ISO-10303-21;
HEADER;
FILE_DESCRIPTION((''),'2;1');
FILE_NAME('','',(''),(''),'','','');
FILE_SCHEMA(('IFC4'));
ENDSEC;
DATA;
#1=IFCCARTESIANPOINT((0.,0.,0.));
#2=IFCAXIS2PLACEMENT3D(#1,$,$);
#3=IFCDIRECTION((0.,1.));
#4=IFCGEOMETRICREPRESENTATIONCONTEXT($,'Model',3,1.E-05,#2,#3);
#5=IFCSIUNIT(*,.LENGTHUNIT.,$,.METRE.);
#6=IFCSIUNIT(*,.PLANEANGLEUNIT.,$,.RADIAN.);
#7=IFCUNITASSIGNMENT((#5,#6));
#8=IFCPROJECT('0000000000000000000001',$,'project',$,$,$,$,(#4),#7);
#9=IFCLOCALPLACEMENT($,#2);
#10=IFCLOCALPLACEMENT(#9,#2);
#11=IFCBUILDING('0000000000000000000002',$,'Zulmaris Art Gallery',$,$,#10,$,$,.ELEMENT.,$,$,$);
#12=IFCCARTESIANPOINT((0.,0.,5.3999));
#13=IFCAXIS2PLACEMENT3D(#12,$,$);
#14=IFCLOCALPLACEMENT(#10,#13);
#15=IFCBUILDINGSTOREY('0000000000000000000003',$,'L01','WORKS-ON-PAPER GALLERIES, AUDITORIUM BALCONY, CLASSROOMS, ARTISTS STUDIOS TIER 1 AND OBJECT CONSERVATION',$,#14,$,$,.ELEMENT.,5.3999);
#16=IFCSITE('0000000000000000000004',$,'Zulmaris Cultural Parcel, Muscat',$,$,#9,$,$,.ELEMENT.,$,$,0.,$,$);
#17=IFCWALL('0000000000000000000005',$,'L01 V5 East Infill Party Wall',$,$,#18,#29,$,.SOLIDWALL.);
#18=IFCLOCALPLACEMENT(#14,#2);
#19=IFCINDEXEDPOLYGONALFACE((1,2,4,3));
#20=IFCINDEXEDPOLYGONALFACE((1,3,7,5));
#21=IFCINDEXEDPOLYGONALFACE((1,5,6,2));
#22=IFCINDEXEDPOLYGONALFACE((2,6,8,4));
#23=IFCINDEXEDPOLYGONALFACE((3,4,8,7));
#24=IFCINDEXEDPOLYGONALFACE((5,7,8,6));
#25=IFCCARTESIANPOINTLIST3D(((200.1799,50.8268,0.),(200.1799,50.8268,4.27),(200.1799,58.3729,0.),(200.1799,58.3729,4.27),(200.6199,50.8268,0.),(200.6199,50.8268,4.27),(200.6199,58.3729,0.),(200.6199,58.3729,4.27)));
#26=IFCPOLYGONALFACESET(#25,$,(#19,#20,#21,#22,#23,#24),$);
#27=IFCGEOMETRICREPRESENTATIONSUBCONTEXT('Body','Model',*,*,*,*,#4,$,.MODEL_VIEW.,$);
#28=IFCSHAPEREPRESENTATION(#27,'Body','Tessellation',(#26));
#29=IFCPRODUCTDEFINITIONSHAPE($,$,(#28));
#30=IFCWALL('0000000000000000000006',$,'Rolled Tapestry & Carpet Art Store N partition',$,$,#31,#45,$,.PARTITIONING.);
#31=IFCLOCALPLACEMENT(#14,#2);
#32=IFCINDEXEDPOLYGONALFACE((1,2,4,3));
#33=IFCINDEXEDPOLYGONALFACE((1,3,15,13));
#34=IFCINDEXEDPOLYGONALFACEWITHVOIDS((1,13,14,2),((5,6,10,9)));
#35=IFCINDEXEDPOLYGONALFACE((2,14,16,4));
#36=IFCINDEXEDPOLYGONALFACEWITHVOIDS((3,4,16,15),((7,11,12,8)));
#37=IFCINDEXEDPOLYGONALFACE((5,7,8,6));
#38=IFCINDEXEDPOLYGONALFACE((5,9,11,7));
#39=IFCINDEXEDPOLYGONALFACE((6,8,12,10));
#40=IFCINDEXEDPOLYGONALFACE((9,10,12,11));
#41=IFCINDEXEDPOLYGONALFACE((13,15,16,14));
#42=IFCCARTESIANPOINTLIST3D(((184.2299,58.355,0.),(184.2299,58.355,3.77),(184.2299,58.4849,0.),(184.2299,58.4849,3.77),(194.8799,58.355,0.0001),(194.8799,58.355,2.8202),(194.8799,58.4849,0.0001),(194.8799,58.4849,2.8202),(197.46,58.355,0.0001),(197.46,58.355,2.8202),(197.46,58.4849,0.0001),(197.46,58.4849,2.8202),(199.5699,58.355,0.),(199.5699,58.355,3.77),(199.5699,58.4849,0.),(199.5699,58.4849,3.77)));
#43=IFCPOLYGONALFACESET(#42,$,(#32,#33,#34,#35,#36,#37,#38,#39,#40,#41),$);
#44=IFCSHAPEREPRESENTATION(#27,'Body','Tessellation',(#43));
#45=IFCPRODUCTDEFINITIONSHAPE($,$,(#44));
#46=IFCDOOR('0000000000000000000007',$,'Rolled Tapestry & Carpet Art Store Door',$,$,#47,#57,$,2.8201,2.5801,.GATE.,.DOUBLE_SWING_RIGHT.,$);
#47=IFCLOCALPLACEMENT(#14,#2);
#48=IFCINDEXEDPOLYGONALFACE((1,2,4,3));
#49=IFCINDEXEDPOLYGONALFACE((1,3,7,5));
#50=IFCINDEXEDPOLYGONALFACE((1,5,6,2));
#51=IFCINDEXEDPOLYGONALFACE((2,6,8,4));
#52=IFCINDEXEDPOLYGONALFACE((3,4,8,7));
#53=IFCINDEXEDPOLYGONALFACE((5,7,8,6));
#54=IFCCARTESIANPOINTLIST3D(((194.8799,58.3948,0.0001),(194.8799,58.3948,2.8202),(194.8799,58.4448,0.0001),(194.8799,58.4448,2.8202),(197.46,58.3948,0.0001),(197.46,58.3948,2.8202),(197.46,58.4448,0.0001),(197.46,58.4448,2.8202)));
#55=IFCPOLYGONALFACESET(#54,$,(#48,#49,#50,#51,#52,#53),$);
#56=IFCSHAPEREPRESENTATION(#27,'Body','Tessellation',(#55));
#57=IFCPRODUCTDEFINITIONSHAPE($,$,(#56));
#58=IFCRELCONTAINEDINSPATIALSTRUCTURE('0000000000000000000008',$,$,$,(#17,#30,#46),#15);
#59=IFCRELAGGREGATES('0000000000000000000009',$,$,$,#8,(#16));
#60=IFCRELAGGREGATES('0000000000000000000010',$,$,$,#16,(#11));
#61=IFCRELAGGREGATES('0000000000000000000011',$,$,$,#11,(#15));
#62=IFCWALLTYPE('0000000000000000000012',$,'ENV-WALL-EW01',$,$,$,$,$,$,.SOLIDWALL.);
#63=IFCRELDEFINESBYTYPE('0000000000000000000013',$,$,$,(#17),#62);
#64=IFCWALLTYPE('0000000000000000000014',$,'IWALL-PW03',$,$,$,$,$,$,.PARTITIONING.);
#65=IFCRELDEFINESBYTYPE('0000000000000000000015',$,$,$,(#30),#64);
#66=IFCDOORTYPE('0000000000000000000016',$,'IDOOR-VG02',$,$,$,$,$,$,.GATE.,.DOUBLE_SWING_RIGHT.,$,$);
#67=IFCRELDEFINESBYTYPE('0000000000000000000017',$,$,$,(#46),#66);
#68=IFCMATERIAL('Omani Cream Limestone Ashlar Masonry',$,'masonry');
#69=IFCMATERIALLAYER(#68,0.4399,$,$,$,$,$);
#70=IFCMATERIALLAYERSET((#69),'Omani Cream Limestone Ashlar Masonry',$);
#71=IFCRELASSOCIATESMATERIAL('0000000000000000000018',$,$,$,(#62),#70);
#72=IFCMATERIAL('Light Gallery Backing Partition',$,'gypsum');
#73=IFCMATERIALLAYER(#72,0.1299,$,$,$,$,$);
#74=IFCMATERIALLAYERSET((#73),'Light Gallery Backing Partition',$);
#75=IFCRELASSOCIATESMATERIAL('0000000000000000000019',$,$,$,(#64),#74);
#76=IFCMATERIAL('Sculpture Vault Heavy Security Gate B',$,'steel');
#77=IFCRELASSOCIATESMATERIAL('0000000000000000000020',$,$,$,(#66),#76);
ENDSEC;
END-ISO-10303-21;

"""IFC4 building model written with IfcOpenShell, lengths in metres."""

from ifc_helpers import new_model, si_unit, direction, frame, frame_2d, origin, place, context, subcontext, project, spatial, rectangle, extrude, material, layer, layer_set, type_object, element, fill, save


model = new_model("IFC4")

# Units and contexts
model_context = context("Model", 3, precision=1e-05, world=origin(), true_north=direction((0.0, 1.0)))
body_context = subcontext(model_context, "Body", "Model", "MODEL_VIEW")
ifc_project = project(units=[si_unit("LENGTHUNIT", "METRE"), si_unit("PLANEANGLEUNIT", "RADIAN")], contexts=[model_context])

# Site, building, storey
site_placement = place(None, origin())
site = spatial("IfcSite", under=ifc_project, at=site_placement, Name="Zulmaris Cultural Parcel, Muscat", CompositionType="ELEMENT", RefElevation=0.0)
building_placement = place(site_placement, origin())
building = spatial("IfcBuilding", under=site, at=building_placement, Name="Zulmaris Art Gallery", CompositionType="ELEMENT")
storey_placement = place(building_placement, frame((0.0, 0.0, 5.3999)))
storey = spatial("IfcBuildingStorey", under=building, at=storey_placement, Name="L01", Description="WORKS-ON-PAPER GALLERIES, AUDITORIUM BALCONY, CLASSROOMS, ARTISTS STUDIOS TIER 1 AND OBJECT CONSERVATION", CompositionType="ELEMENT", Elevation=5.3999)

# Wall
ifc_material_1 = material(Name="Omani Cream Limestone Ashlar Masonry", Category="masonry")
ifc_layer_1 = layer(ifc_material_1, 0.4399)
ifc_layer_set_1 = layer_set([ifc_layer_1], Name="Omani Cream Limestone Ashlar Masonry")
wall_type_1 = type_object("IfcWallType", Name="ENV-WALL-EW01", PredefinedType="SOLIDWALL", material=ifc_layer_set_1)
wall_1_placement = place(storey_placement, frame((200.3999, 50.8269, 0.0), z_axis=(0.0, 0.0, 1.0), x_axis=(0.0, 1.0, 0.0)))
element("IfcWall", 1, at=wall_1_placement, inside=storey, type_object=wall_type_1, Name="L01 V5 East Infill Party Wall", PredefinedType="SOLIDWALL", context=body_context, shape_type="SweptSolid", body=[
    extrude(rectangle(XDim=7.5461, YDim=0.4399, at=frame_2d((3.7729, 0.0))), origin(), (0.0, 0.0, 1.0), 4.27),
])

# Wall, opening, door
ifc_material_2 = material(Name="Light Gallery Backing Partition", Category="gypsum")
ifc_layer_2 = layer(ifc_material_2, 0.1299)
ifc_layer_set_2 = layer_set([ifc_layer_2], Name="Light Gallery Backing Partition")
wall_type_2 = type_object("IfcWallType", Name="IWALL-PW03", PredefinedType="PARTITIONING", material=ifc_layer_set_2)
wall_2_placement = place(storey_placement, frame((184.23, 58.4199, 0.0), z_axis=(0.0, 0.0, 1.0), x_axis=(1.0, 0.0, 0.0)))
wall_2 = element("IfcWall", 2, at=wall_2_placement, inside=storey, type_object=wall_type_2, Name="Rolled Tapestry & Carpet Art Store N partition", PredefinedType="PARTITIONING", context=body_context, shape_type="SweptSolid", body=[
    extrude(rectangle(XDim=15.3401, YDim=0.1299, at=frame_2d((7.6699, 0.0))), origin(), (0.0, 0.0, 1.0), 3.77),
])
opening_placement = place(wall_2_placement, frame((10.6499, 0.0, 0.0)))
opening = element("IfcOpeningElement", 3, at=opening_placement, cuts=wall_2, PredefinedType="OPENING", context=body_context, shape_type="SweptSolid", body=[
    extrude(rectangle(XDim=2.5801, YDim=2.8201, at=frame_2d((1.29, 1.4102))), frame((0.0, 0.075, 0.0), z_axis=(0.0, -1.0, 0.0), x_axis=(1.0, 0.0, 0.0)), (0.0, 0.0, 1.0), 0.1499),
])
ifc_material_3 = material(Name="Sculpture Vault Heavy Security Gate B", Category="steel")
door_type = type_object("IfcDoorType", Name="IDOOR-VG02", OperationType="DOUBLE_SWING_RIGHT", PredefinedType="GATE", material=ifc_material_3)
door_placement = place(opening_placement, origin())
door = element("IfcDoor", 4, at=door_placement, inside=storey, type_object=door_type, Name="Rolled Tapestry & Carpet Art Store Door", OperationType="DOUBLE_SWING_RIGHT", OverallHeight=2.8201, OverallWidth=2.5801, PredefinedType="GATE", context=body_context, shape_type="SweptSolid", body=[
    extrude(rectangle(XDim=2.5801, YDim=2.8201, at=frame_2d((1.29, 1.4102))), frame((0.0, 0.0249, 0.0), z_axis=(0.0, -1.0, 0.0), x_axis=(1.0, 0.0, 0.0)), (0.0, 0.0, 1.0), 0.05),
])
fill(opening, door)

save(model, "model.ifc")
